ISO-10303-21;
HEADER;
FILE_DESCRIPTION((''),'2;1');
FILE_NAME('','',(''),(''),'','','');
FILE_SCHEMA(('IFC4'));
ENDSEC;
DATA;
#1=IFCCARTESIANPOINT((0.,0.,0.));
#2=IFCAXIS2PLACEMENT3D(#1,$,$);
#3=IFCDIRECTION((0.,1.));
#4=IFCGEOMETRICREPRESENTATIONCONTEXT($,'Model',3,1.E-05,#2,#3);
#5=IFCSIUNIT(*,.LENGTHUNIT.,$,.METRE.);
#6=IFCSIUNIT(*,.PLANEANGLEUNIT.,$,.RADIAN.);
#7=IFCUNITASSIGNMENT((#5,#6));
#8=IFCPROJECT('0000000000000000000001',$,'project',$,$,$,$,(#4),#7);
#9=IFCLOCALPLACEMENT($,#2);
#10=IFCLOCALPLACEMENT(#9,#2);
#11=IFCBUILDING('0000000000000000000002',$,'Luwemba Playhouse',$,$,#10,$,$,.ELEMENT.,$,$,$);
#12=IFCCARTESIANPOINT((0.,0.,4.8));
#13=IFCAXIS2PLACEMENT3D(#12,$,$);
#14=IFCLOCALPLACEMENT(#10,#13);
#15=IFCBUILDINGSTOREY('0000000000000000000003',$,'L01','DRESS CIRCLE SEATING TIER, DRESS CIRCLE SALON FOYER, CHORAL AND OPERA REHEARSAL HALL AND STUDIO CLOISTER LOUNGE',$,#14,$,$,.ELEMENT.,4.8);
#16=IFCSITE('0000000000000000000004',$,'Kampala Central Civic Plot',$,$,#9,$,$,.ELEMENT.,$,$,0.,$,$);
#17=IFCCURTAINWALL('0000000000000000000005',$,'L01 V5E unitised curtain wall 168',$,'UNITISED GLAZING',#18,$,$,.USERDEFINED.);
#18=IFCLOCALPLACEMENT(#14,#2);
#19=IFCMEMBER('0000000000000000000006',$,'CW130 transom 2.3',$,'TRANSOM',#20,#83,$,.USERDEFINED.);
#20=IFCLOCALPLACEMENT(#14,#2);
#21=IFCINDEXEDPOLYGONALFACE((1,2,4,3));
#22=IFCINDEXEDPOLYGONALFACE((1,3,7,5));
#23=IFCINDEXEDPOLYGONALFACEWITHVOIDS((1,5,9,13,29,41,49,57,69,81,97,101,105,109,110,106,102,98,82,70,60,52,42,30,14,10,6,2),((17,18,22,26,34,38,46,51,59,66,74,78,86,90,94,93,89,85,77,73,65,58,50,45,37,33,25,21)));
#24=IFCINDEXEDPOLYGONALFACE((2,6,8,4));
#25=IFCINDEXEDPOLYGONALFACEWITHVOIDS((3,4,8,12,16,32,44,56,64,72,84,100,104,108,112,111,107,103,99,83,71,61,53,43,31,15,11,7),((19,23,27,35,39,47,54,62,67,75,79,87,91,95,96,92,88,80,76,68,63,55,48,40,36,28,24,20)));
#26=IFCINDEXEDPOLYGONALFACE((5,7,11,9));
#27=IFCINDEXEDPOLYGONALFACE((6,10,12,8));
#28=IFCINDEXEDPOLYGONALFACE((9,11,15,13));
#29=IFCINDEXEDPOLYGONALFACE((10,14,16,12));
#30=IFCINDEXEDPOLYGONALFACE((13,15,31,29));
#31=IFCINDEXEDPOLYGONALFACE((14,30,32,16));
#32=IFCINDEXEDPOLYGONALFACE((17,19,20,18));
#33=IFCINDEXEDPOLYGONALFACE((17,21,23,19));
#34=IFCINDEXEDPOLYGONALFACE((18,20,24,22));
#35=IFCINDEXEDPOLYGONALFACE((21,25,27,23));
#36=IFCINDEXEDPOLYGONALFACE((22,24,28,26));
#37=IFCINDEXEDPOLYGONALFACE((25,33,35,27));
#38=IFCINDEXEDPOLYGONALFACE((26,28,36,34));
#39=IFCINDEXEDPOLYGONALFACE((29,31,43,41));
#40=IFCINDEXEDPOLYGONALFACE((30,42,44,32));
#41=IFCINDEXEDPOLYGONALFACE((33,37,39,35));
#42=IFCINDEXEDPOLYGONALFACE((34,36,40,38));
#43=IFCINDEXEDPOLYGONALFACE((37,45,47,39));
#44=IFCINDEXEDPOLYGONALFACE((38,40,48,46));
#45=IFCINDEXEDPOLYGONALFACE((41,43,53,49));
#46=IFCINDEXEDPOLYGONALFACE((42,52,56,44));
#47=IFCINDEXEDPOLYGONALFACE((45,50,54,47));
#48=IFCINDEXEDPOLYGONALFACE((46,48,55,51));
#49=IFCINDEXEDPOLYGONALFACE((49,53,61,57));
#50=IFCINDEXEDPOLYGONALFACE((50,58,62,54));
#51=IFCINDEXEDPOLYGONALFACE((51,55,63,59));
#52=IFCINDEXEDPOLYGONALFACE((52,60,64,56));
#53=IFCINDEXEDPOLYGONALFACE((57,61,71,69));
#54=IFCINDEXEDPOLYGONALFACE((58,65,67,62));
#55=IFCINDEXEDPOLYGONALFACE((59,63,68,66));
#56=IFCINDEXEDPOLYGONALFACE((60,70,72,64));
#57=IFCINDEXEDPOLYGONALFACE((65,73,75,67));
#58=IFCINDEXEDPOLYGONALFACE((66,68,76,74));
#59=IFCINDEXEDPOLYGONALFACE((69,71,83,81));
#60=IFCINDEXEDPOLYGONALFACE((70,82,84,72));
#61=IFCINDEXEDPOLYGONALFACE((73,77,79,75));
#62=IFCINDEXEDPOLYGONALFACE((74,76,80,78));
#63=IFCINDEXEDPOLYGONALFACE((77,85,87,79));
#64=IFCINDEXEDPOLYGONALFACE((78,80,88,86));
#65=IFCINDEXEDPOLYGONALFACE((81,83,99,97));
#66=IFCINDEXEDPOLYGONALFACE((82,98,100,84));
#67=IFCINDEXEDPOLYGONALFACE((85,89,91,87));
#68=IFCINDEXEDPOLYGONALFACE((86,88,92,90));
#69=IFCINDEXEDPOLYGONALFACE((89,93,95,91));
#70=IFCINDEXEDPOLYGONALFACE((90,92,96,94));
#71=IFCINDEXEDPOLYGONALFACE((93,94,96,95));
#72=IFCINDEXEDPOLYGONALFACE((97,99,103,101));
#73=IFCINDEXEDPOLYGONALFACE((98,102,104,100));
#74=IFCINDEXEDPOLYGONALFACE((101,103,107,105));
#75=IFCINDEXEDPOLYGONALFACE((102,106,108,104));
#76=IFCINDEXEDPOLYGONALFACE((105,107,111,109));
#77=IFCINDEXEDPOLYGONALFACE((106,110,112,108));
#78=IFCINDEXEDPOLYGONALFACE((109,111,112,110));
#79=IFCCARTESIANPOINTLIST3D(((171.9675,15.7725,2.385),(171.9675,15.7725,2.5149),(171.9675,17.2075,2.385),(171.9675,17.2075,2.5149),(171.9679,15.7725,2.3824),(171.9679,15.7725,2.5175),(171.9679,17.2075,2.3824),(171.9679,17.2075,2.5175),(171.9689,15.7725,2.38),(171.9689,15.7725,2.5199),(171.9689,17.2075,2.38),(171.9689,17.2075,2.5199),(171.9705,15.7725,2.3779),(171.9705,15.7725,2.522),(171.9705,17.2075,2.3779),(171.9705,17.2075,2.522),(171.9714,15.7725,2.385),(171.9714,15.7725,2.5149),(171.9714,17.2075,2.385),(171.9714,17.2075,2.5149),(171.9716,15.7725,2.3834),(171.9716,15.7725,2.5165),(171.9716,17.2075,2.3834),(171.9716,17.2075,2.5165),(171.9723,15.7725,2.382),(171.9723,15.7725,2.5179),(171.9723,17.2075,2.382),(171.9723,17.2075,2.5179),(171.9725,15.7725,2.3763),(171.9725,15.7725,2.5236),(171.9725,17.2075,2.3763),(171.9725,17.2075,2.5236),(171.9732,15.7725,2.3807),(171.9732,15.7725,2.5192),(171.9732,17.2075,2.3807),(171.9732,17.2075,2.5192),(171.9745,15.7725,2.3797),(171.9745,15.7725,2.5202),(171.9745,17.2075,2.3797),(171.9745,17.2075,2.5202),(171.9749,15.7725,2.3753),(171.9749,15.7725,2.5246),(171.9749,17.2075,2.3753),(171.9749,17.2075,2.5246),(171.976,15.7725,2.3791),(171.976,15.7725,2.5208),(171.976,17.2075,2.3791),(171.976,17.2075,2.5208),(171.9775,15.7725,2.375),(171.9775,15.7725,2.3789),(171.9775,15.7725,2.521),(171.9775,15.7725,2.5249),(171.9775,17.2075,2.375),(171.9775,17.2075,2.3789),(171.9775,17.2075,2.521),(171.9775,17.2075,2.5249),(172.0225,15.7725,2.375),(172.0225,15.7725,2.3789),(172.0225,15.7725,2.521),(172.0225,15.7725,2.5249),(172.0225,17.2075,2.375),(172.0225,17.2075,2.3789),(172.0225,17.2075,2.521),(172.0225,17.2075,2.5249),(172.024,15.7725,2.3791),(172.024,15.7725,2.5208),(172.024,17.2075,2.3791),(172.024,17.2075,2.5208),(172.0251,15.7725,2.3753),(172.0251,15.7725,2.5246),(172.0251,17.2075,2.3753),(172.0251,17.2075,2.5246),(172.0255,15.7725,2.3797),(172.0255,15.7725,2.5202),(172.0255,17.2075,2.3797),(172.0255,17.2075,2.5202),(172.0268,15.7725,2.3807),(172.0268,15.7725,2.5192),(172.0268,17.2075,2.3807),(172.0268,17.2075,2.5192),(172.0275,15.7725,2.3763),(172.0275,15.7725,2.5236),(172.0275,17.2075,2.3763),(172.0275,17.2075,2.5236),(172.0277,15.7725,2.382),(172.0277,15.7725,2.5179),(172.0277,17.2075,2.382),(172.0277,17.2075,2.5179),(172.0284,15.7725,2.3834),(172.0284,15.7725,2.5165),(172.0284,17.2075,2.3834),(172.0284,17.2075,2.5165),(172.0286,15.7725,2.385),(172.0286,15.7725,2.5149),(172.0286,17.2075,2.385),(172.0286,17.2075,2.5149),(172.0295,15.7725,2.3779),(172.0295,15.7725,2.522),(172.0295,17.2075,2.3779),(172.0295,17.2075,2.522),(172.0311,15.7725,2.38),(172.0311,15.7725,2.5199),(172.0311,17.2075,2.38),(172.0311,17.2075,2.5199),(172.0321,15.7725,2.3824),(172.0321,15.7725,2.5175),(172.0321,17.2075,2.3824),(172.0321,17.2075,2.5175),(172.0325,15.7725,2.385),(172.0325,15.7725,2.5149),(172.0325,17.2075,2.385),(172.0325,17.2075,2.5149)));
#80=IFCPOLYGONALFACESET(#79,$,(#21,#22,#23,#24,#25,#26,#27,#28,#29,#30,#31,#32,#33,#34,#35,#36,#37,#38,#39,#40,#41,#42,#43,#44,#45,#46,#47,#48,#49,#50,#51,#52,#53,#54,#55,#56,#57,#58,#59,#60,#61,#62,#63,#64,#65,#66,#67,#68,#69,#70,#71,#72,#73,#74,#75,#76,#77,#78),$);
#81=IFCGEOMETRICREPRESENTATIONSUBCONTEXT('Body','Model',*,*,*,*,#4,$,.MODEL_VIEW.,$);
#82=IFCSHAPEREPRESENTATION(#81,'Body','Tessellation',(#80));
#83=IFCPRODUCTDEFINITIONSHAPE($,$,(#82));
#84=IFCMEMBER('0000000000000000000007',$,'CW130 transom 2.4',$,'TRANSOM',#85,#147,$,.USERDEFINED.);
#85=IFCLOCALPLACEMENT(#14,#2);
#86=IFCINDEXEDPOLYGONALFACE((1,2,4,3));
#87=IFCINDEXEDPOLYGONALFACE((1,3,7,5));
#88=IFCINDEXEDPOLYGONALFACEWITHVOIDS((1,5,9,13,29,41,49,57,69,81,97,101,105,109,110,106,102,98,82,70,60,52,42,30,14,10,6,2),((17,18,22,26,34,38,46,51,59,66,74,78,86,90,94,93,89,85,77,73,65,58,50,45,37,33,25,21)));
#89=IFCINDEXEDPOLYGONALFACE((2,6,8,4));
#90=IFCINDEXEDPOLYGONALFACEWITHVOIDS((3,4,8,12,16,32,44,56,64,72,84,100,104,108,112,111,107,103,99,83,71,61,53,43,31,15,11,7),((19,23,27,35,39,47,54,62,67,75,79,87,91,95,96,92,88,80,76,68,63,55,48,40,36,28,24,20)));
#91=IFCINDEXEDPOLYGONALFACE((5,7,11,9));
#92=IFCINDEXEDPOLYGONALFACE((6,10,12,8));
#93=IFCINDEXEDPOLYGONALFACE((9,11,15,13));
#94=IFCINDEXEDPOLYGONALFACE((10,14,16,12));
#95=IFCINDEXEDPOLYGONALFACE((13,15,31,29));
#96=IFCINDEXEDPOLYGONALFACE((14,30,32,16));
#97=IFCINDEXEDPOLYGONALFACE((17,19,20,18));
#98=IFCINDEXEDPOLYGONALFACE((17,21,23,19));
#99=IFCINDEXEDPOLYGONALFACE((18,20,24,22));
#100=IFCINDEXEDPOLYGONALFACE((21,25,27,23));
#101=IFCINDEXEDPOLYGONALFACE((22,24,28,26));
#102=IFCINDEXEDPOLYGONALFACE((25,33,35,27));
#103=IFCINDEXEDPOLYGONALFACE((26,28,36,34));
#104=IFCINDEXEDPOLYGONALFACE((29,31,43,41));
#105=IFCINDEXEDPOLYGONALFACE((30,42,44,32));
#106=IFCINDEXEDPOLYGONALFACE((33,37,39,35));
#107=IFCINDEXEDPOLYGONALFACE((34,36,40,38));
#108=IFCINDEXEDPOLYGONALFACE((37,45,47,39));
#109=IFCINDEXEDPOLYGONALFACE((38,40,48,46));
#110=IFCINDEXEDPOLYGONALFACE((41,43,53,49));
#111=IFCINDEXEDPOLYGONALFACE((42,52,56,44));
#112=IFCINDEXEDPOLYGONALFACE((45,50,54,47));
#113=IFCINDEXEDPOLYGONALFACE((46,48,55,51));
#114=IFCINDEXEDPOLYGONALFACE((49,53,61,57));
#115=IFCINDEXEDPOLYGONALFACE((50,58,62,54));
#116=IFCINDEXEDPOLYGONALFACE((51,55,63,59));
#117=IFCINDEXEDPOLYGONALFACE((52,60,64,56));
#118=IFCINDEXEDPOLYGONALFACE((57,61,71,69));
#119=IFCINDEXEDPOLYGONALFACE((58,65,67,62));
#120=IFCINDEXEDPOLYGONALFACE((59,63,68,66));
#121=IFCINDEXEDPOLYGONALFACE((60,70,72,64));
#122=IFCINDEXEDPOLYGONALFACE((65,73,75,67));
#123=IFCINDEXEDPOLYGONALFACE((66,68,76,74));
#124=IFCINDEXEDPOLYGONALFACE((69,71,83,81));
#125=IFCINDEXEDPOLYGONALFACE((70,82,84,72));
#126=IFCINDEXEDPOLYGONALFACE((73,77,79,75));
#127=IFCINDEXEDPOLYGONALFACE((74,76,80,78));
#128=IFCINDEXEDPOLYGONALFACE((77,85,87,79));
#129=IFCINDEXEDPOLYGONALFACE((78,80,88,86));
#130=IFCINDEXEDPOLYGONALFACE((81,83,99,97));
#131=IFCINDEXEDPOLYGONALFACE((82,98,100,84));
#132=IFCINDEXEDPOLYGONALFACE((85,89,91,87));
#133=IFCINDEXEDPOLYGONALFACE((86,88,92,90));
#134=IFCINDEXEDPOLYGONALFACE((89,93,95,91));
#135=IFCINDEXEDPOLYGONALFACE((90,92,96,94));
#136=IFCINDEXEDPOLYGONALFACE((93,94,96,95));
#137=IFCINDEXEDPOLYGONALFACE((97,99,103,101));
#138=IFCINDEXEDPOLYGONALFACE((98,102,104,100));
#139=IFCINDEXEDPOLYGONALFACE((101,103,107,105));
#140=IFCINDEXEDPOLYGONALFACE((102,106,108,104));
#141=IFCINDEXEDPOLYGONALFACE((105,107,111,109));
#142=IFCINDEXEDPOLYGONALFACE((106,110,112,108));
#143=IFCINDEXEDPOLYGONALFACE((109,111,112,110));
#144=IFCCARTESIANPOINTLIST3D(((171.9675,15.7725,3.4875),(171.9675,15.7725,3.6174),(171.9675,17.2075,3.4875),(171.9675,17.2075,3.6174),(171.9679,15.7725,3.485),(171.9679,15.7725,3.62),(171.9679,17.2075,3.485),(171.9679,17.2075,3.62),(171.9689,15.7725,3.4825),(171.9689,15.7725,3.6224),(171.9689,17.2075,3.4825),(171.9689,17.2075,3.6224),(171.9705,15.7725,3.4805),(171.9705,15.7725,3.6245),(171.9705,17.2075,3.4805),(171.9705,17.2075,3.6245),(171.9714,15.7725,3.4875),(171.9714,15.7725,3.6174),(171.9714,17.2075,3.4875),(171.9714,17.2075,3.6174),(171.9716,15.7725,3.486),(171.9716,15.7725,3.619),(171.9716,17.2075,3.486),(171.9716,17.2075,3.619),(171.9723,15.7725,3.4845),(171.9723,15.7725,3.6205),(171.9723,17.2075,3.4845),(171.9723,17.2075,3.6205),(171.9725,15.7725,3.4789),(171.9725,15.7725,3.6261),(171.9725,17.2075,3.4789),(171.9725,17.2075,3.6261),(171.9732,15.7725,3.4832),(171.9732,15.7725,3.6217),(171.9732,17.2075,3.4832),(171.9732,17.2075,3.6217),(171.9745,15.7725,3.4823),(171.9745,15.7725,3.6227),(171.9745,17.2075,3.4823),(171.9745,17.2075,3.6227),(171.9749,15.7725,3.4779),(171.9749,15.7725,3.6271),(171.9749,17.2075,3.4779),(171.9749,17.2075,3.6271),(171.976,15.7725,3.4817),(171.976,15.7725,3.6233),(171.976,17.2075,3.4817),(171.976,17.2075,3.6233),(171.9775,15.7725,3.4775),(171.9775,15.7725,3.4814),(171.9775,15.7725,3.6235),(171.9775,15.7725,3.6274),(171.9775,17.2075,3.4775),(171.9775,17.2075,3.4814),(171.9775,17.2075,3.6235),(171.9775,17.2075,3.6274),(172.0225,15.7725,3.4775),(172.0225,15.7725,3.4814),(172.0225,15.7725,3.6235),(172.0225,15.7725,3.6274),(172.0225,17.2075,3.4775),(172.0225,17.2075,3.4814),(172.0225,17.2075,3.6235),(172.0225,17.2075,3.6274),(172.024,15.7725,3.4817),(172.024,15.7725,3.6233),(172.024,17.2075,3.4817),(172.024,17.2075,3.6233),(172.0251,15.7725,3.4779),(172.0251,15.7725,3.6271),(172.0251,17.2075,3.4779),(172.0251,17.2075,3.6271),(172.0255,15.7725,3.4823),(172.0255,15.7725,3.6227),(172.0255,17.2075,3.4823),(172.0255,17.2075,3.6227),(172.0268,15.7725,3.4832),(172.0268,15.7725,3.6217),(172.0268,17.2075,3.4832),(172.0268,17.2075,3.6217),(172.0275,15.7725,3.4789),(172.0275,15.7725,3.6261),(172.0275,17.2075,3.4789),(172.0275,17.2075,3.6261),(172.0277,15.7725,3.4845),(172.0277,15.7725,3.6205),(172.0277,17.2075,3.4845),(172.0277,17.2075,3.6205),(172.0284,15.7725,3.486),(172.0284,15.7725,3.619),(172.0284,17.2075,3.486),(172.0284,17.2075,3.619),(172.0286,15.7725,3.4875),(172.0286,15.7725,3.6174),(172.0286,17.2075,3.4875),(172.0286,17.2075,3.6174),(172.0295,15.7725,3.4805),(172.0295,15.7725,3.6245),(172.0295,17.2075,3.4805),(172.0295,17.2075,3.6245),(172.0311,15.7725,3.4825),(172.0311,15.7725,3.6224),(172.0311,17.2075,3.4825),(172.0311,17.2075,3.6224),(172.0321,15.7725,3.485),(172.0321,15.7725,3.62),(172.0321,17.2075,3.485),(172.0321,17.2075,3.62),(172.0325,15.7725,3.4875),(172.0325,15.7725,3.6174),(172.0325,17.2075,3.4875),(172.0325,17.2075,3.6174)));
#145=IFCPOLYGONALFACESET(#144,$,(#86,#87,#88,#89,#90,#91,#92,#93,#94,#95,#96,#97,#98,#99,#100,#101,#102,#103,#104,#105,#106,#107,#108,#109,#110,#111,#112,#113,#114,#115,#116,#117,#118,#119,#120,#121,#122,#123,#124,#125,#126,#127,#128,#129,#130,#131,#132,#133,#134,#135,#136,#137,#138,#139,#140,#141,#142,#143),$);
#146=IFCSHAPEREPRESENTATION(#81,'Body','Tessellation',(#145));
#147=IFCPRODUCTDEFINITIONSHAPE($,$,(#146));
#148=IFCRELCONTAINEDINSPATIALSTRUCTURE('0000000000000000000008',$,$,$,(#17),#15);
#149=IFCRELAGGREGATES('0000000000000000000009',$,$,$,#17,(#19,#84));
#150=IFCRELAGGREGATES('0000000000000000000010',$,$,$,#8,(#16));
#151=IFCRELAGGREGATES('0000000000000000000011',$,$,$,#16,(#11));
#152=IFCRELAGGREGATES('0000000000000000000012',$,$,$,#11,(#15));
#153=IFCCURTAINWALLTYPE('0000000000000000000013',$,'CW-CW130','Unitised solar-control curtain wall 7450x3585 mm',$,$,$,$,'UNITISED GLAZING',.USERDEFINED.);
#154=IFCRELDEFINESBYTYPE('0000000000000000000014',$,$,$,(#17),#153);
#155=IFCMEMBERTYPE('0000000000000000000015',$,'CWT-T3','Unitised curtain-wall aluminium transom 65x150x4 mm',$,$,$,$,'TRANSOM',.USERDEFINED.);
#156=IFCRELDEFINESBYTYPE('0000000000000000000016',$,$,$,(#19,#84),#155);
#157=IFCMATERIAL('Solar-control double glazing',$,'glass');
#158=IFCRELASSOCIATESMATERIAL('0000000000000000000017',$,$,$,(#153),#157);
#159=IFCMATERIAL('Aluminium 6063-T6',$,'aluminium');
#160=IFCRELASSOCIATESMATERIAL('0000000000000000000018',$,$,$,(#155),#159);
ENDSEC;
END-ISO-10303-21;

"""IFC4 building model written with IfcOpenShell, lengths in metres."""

from ifc_helpers import new_model, si_unit, direction, frame, origin, origin_2d, place, context, subcontext, project, spatial, hollow_rectangle, extrude, material, material_profile, profile_set, type_object, element, aggregate, save


model = new_model("IFC4")

# Units and contexts
model_context = context("Model", 3, precision=1e-05, world=origin(), true_north=direction((0.0, 1.0)))
body_context = subcontext(model_context, "Body", "Model", "MODEL_VIEW")
ifc_project = project(units=[si_unit("LENGTHUNIT", "METRE"), si_unit("PLANEANGLEUNIT", "RADIAN")], contexts=[model_context])

# Site, building, storey
site_placement = place(None, origin())
site = spatial("IfcSite", under=ifc_project, at=site_placement, Name="Kampala Central Civic Plot", CompositionType="ELEMENT", RefElevation=0.0)
building_placement = place(site_placement, origin())
building = spatial("IfcBuilding", under=site, at=building_placement, Name="Luwemba Playhouse", CompositionType="ELEMENT")
storey_placement = place(building_placement, frame((0.0, 0.0, 4.8)))
storey = spatial("IfcBuildingStorey", under=building, at=storey_placement, Name="L01", Description="DRESS CIRCLE SEATING TIER, DRESS CIRCLE SALON FOYER, CHORAL AND OPERA REHEARSAL HALL AND STUDIO CLOISTER LOUNGE", CompositionType="ELEMENT", Elevation=4.8)

# Curtain wall, members
ifc_material_1 = material(Name="Solar-control double glazing", Category="glass")
curtain_wall_type_1 = type_object("IfcCurtainWallType", Name="CW-CW130", Description="Unitised solar-control curtain wall 7450x3585 mm", ElementType="UNITISED GLAZING", PredefinedType="USERDEFINED", material=ifc_material_1)
curtain_wall_1_placement = place(storey_placement, origin())
curtain_wall_1 = element("IfcCurtainWall", 1, at=curtain_wall_1_placement, inside=storey, type_object=curtain_wall_type_1, Name="L01 V5E unitised curtain wall 168", ObjectType="UNITISED GLAZING", PredefinedType="USERDEFINED")
ifc_material_2 = material(Name="Aluminium 6063-T6", Category="aluminium")
ifc_material_profile_1 = material_profile(ifc_material_2, hollow_rectangle(XDim=0.0649, YDim=0.1499, WallThickness=0.0039, InnerFilletRadius=0.0061, OuterFilletRadius=0.01, at=origin_2d()))
ifc_profile_set_1 = profile_set([ifc_material_profile_1], Name="Aluminium 6063-T6")
member_type_1 = type_object("IfcMemberType", Name="CWT-T3", Description="Unitised curtain-wall aluminium transom 65x150x4 mm", ElementType="TRANSOM", PredefinedType="USERDEFINED", material=ifc_profile_set_1)
member_1_placement = place(storey_placement, frame((172.0, 17.2075, 2.45), z_axis=(0.0, -1.0, 0.0), x_axis=(1.0, 0.0, 0.0)))
member_1 = element("IfcMember", 2, at=member_1_placement, type_object=member_type_1, Name="CW130 transom 2.3", ObjectType="TRANSOM", PredefinedType="USERDEFINED", context=body_context, shape_type="SweptSolid", body=[
    extrude(hollow_rectangle(XDim=0.0649, YDim=0.1499, WallThickness=0.0039, InnerFilletRadius=0.0061, OuterFilletRadius=0.01, at=origin_2d()), origin(), (0.0, 0.0, 1.0), 1.4351),
])
member_2_placement = place(storey_placement, frame((172.0, 17.2075, 3.5525), z_axis=(0.0, -1.0, 0.0), x_axis=(1.0, 0.0, 0.0)))
member_2 = element("IfcMember", 3, at=member_2_placement, type_object=member_type_1, Name="CW130 transom 2.4", ObjectType="TRANSOM", PredefinedType="USERDEFINED", context=body_context, shape_type="SweptSolid", body=[
    extrude(hollow_rectangle(XDim=0.0649, YDim=0.1499, WallThickness=0.0039, InnerFilletRadius=0.0061, OuterFilletRadius=0.01, at=origin_2d()), origin(), (0.0, 0.0, 1.0), 1.4351),
])

aggregate(curtain_wall_1, [member_1, member_2])

save(model, "model.ifc")
